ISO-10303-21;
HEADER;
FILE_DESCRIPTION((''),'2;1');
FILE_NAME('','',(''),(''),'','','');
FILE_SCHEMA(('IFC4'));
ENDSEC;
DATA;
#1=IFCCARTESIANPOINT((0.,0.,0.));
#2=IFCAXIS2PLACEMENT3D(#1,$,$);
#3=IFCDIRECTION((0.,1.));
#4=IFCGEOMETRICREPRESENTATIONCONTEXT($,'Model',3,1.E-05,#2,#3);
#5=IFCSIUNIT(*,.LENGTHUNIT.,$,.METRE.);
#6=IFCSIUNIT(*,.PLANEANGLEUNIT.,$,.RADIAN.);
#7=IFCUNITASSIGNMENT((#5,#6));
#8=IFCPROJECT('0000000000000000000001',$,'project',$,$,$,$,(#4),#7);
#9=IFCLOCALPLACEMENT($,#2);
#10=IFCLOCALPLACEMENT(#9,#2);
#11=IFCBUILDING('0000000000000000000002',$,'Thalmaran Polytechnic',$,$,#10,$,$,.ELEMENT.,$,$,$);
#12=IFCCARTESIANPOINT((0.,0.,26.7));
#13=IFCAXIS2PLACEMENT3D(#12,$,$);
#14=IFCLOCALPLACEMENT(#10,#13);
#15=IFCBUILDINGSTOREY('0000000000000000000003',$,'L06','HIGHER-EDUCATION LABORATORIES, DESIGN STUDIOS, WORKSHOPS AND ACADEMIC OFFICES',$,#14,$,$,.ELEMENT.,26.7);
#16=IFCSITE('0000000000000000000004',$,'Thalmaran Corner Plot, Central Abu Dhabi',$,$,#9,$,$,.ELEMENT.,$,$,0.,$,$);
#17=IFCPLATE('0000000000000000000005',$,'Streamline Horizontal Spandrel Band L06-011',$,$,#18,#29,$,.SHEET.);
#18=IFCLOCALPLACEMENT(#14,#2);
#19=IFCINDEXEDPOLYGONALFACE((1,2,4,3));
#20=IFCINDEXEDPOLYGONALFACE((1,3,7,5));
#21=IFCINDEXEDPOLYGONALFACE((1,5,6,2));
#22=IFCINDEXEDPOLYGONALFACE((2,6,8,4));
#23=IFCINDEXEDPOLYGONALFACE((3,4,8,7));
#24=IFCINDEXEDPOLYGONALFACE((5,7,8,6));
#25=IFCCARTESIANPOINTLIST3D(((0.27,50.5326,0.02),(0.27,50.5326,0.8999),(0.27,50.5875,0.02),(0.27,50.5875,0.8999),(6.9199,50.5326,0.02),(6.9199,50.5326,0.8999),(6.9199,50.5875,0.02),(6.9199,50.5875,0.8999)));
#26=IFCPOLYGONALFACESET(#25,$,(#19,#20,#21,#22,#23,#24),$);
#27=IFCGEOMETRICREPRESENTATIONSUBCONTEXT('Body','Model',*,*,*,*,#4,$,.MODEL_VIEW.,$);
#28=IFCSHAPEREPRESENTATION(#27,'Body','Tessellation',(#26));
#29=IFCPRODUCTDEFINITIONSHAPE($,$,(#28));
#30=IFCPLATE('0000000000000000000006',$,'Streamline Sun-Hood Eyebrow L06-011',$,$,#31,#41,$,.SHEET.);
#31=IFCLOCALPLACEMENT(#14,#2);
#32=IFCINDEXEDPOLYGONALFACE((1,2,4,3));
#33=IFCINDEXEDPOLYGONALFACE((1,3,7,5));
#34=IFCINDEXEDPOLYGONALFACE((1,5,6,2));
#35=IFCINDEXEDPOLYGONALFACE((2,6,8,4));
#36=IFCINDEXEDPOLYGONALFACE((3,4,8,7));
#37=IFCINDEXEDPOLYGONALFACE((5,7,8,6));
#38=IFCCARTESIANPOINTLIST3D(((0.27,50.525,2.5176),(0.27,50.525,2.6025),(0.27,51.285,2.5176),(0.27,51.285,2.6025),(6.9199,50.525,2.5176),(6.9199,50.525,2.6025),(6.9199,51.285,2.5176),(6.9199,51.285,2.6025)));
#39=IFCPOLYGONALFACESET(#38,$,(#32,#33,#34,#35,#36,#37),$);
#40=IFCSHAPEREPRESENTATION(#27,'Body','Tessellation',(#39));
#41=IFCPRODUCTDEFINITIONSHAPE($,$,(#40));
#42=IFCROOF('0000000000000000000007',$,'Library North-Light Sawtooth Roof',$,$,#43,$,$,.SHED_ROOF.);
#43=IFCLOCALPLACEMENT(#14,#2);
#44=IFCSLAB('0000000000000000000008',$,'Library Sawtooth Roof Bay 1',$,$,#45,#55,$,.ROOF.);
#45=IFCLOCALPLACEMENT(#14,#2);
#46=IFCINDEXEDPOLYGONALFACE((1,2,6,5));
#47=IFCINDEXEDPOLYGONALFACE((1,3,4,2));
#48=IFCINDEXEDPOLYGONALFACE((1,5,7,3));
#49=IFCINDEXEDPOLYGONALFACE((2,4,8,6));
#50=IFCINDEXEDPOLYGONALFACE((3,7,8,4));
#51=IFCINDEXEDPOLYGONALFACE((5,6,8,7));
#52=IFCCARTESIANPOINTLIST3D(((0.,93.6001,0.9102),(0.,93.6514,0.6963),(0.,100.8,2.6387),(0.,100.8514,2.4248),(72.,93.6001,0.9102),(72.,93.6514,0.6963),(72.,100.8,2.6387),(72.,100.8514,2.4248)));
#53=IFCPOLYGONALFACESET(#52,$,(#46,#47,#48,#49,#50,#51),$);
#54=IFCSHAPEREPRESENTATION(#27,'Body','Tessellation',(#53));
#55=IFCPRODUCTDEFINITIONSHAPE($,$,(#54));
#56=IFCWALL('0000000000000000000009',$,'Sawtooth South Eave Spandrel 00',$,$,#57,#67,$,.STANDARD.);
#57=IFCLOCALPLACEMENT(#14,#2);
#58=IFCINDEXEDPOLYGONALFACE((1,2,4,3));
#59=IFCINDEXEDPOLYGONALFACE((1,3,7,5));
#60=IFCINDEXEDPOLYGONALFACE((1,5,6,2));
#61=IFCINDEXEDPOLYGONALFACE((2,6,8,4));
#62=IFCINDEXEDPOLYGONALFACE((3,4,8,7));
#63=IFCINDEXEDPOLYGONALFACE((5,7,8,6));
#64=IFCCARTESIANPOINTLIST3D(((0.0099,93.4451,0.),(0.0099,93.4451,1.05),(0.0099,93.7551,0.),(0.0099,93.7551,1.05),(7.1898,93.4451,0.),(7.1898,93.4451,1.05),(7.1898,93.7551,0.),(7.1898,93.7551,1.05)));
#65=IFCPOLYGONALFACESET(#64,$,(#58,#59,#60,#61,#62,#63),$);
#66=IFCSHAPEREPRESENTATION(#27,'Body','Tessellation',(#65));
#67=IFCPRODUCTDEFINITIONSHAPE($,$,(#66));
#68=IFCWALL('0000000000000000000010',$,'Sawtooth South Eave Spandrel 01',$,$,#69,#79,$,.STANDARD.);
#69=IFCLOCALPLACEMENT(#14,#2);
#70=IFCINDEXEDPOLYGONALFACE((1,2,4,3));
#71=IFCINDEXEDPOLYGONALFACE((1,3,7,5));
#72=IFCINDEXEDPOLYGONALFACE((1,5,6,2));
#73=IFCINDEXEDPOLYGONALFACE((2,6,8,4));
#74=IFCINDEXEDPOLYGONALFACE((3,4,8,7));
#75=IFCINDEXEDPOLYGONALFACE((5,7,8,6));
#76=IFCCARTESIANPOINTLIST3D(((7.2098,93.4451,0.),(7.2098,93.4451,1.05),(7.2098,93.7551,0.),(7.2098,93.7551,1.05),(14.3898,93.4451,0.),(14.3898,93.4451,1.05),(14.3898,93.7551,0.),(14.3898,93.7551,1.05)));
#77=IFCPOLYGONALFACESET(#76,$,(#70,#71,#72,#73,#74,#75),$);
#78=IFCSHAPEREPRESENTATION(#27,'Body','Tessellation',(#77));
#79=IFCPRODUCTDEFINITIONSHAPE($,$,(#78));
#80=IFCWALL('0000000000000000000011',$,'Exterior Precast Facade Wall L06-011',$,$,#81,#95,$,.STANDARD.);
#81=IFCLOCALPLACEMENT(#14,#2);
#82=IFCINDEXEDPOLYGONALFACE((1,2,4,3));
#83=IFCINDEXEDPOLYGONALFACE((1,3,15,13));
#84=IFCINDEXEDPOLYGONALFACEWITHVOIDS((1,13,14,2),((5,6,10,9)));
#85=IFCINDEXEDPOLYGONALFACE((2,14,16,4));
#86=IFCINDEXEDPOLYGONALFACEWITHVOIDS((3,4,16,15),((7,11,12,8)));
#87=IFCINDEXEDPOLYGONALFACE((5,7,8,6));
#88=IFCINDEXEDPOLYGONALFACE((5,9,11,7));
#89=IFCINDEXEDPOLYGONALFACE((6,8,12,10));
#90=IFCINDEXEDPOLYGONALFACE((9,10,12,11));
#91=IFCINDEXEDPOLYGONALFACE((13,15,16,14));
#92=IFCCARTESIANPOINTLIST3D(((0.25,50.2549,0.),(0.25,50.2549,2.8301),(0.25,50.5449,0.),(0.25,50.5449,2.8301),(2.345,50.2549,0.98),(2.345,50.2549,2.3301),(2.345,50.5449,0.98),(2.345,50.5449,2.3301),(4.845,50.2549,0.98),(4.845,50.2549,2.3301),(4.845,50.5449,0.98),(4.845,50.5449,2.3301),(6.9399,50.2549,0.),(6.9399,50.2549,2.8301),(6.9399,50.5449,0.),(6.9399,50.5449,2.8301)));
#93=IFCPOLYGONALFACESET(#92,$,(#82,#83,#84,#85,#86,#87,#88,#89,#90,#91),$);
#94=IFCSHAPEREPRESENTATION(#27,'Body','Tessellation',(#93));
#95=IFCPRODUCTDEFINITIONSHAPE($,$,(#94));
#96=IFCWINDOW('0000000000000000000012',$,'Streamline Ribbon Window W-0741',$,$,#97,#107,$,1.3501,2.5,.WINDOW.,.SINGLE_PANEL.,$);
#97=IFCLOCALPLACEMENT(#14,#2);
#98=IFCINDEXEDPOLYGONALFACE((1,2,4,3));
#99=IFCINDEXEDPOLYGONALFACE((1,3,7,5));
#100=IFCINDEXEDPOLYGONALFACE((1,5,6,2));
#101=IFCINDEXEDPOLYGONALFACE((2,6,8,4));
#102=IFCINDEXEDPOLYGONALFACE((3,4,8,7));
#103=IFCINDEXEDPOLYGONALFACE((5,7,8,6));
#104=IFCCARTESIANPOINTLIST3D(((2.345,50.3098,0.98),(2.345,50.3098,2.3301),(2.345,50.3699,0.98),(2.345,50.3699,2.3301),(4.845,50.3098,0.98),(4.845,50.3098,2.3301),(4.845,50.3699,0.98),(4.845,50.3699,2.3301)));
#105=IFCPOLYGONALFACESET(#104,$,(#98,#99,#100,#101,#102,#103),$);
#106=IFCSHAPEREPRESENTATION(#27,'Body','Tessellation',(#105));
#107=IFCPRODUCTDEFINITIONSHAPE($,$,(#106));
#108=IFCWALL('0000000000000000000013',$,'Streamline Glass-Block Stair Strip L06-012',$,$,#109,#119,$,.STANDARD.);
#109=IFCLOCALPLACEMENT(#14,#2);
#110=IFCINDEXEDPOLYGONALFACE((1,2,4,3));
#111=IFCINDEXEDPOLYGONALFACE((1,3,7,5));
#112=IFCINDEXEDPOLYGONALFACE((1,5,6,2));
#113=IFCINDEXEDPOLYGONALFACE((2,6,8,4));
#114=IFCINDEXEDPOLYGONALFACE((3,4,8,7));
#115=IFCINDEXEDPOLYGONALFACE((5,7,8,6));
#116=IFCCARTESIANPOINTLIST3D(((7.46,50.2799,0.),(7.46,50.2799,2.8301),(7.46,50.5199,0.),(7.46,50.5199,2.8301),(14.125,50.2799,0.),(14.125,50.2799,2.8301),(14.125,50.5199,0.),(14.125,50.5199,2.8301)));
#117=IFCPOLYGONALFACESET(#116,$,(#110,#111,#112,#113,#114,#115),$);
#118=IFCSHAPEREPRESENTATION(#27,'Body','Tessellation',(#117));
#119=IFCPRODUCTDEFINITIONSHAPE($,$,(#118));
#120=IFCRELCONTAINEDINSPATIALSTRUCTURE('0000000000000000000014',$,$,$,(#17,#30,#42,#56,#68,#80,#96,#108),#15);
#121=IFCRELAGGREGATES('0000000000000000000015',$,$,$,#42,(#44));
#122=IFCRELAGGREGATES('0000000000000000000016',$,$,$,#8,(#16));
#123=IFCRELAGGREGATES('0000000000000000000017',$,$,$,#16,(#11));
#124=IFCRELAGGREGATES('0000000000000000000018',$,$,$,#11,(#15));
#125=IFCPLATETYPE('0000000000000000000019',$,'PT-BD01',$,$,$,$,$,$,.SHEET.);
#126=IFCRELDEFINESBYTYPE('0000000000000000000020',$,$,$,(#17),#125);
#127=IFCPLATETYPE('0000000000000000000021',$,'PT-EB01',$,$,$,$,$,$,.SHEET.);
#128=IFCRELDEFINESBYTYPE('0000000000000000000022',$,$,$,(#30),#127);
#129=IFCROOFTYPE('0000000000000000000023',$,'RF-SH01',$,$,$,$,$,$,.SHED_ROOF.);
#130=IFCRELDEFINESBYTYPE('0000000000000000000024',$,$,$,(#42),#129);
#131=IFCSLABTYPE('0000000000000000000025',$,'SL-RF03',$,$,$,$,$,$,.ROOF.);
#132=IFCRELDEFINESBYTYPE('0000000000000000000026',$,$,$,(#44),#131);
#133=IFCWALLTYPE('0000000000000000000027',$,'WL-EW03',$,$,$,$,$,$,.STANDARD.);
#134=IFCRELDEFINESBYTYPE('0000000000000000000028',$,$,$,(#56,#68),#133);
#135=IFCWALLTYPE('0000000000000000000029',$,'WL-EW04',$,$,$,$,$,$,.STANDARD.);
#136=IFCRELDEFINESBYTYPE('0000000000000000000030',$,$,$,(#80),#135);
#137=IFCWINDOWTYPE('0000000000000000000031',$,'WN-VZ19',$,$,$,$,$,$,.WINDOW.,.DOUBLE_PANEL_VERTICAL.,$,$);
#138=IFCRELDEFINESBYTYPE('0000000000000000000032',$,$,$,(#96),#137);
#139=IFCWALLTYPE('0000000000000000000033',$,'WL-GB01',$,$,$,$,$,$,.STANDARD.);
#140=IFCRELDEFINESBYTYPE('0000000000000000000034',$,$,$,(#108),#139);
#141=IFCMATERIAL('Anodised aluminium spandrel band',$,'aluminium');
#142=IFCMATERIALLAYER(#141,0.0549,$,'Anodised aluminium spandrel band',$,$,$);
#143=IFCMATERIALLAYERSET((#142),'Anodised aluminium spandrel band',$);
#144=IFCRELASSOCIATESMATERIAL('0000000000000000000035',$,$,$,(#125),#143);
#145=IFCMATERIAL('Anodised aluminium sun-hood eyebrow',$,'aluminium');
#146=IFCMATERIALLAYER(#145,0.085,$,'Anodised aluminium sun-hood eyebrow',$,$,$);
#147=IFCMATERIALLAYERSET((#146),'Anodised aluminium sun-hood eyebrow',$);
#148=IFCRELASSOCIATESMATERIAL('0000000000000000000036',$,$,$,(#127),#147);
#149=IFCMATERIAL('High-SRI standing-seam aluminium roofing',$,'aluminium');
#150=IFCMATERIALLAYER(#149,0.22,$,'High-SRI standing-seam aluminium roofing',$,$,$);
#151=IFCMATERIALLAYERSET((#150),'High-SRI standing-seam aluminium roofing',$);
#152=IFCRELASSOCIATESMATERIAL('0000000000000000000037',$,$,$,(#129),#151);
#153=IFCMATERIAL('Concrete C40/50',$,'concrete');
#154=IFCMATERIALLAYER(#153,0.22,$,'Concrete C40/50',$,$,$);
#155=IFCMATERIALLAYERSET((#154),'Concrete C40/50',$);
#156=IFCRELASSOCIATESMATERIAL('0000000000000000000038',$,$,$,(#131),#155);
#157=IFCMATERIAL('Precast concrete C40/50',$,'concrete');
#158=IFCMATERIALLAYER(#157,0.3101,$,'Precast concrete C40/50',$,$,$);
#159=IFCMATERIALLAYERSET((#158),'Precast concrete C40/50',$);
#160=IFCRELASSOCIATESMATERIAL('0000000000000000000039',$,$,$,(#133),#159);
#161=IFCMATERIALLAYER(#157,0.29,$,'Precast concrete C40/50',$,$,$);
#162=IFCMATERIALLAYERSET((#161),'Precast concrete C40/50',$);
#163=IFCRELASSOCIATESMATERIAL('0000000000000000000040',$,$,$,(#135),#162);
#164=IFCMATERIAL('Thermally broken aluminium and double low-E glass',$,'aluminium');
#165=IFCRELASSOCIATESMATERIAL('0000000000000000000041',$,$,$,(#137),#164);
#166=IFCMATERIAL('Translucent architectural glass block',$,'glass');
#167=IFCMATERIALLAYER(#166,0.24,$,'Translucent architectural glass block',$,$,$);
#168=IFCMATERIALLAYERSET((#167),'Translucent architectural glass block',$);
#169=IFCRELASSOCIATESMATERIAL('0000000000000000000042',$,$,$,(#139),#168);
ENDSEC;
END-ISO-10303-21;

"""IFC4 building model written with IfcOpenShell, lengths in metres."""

from ifc_helpers import new_model, si_unit, direction, frame, frame_2d, origin, origin_2d, place, context, subcontext, project, spatial, polyline, rectangle, outline, extrude, material, layer, layer_set, type_object, element, fill, aggregate, save


model = new_model("IFC4")

# Units and contexts
model_context = context("Model", 3, precision=1e-05, world=origin(), true_north=direction((0.0, 1.0)))
body_context = subcontext(model_context, "Body", "Model", "MODEL_VIEW")
ifc_project = project(units=[si_unit("LENGTHUNIT", "METRE"), si_unit("PLANEANGLEUNIT", "RADIAN")], contexts=[model_context])

# Site, building, storey
site_placement = place(None, origin())
site = spatial("IfcSite", under=ifc_project, at=site_placement, Name="Thalmaran Corner Plot, Central Abu Dhabi", CompositionType="ELEMENT", RefElevation=0.0)
building_placement = place(site_placement, origin())
building = spatial("IfcBuilding", under=site, at=building_placement, Name="Thalmaran Polytechnic", CompositionType="ELEMENT")
storey_placement = place(building_placement, frame((0.0, 0.0, 26.7)))
storey = spatial("IfcBuildingStorey", under=building, at=storey_placement, Name="L06", Description="HIGHER-EDUCATION LABORATORIES, DESIGN STUDIOS, WORKSHOPS AND ACADEMIC OFFICES", CompositionType="ELEMENT", Elevation=26.7)

# Shared definitions
ifc_material_1 = material(Name="Concrete C40/50", Category="concrete")

# Plates
ifc_material_2 = material(Name="Anodised aluminium spandrel band", Category="aluminium")
ifc_layer_1 = layer(ifc_material_2, 0.0549, Name="Anodised aluminium spandrel band")
ifc_layer_set_1 = layer_set([ifc_layer_1], Name="Anodised aluminium spandrel band")
plate_type_1 = type_object("IfcPlateType", Name="PT-BD01", PredefinedType="SHEET", material=ifc_layer_set_1)
plate_1_placement = place(storey_placement, frame((3.595, 50.5601, 0.02), z_axis=(0.0, 0.0, 1.0), x_axis=(1.0, 0.0, 0.0)))
element("IfcPlate", 1, at=plate_1_placement, inside=storey, type_object=plate_type_1, Name="Streamline Horizontal Spandrel Band L06-011", PredefinedType="SHEET", context=body_context, shape_type="SweptSolid", body=[
    extrude(rectangle(XDim=6.6499, YDim=0.0549, at=origin_2d()), origin(), (0.0, 0.0, 1.0), 0.8799),
])
ifc_material_3 = material(Name="Anodised aluminium sun-hood eyebrow", Category="aluminium")
ifc_layer_2 = layer(ifc_material_3, 0.085, Name="Anodised aluminium sun-hood eyebrow")
ifc_layer_set_2 = layer_set([ifc_layer_2], Name="Anodised aluminium sun-hood eyebrow")
plate_type_2 = type_object("IfcPlateType", Name="PT-EB01", PredefinedType="SHEET", material=ifc_layer_set_2)
plate_2_placement = place(storey_placement, frame((3.595, 50.905, 2.5176), z_axis=(0.0, 0.0, 1.0), x_axis=(1.0, 0.0, 0.0)))
element("IfcPlate", 2, at=plate_2_placement, inside=storey, type_object=plate_type_2, Name="Streamline Sun-Hood Eyebrow L06-011", PredefinedType="SHEET", context=body_context, shape_type="SweptSolid", body=[
    extrude(rectangle(XDim=6.6499, YDim=0.76, at=origin_2d()), origin(), (0.0, 0.0, 1.0), 0.085),
])

# Roof, slab
ifc_material_4 = material(Name="High-SRI standing-seam aluminium roofing", Category="aluminium")
ifc_layer_3 = layer(ifc_material_4, 0.22, Name="High-SRI standing-seam aluminium roofing")
ifc_layer_set_3 = layer_set([ifc_layer_3], Name="High-SRI standing-seam aluminium roofing")
roof_type = type_object("IfcRoofType", Name="RF-SH01", PredefinedType="SHED_ROOF", material=ifc_layer_set_3)
roof_placement = place(storey_placement, origin())
roof = element("IfcRoof", 3, at=roof_placement, inside=storey, type_object=roof_type, Name="Library North-Light Sawtooth Roof", PredefinedType="SHED_ROOF")
ifc_layer_4 = layer(ifc_material_1, 0.22, Name="Concrete C40/50")
ifc_layer_set_4 = layer_set([ifc_layer_4], Name="Concrete C40/50")
slab_type = type_object("IfcSlabType", Name="SL-RF03", PredefinedType="ROOF", material=ifc_layer_set_4)
slab_placement = place(storey_placement, frame((0.0, 93.6001, 0.9102), z_axis=(0.0, -0.23344, 0.972371), x_axis=(1.0, 0.0, 0.0)))
slab = element("IfcSlab", 4, at=slab_placement, type_object=slab_type, Name="Library Sawtooth Roof Bay 1", PredefinedType="ROOF", context=body_context, shape_type="SweptSolid", body=[
    extrude(outline(polyline([(0.0, 0.0), (72.0, 0.0), (72.0, 7.4045), (0.0, 7.4045), (0.0, 0.0)])), origin(), (0.0, 0.0, -1.0), 0.22),
])
aggregate(roof, [slab])

# Walls
ifc_material_5 = material(Name="Precast concrete C40/50", Category="concrete")
ifc_layer_5 = layer(ifc_material_5, 0.3101, Name="Precast concrete C40/50")
ifc_layer_set_5 = layer_set([ifc_layer_5], Name="Precast concrete C40/50")
wall_type_1 = type_object("IfcWallType", Name="WL-EW03", PredefinedType="STANDARD", material=ifc_layer_set_5)
for number, where, z_axis, x_axis, name in (
    (5, (0.01, 93.6001, 0.0), (0.0, 0.0, 1.0), (1.0, 0.0, 0.0), "Sawtooth South Eave Spandrel 00"),
    (6, (7.21, 93.6001, 0.0), (0.0, 0.0, 1.0), (1.0, 0.0, 0.0), "Sawtooth South Eave Spandrel 01"),
):
    element("IfcWall", number, at=place(storey_placement, frame(where, z_axis=z_axis, x_axis=x_axis)), inside=storey, type_object=wall_type_1, Name=name, PredefinedType="STANDARD", context=body_context, shape_type="SweptSolid", body=[
        extrude(rectangle(XDim=7.1799, YDim=0.3101, at=frame_2d((3.5898, 0.0))), origin(), (0.0, 0.0, 1.0), 1.05),
    ])

# Wall, opening, window
ifc_layer_6 = layer(ifc_material_5, 0.29, Name="Precast concrete C40/50")
ifc_layer_set_6 = layer_set([ifc_layer_6], Name="Precast concrete C40/50")
wall_type_2 = type_object("IfcWallType", Name="WL-EW04", PredefinedType="STANDARD", material=ifc_layer_set_6)
wall_1_placement = place(storey_placement, frame((0.25, 50.3999, 0.0), z_axis=(0.0, 0.0, 1.0), x_axis=(1.0, 0.0, 0.0)))
wall_1 = element("IfcWall", 7, at=wall_1_placement, inside=storey, type_object=wall_type_2, Name="Exterior Precast Facade Wall L06-011", PredefinedType="STANDARD", context=body_context, shape_type="SweptSolid", body=[
    extrude(rectangle(XDim=6.6899, YDim=0.29, at=frame_2d((3.345, 0.0))), origin(), (0.0, 0.0, 1.0), 2.8301),
])
opening_placement = place(wall_1_placement, frame((2.095, 0.0, 0.98)))
opening = element("IfcOpeningElement", 8, at=opening_placement, cuts=wall_1, PredefinedType="OPENING", context=body_context, shape_type="SweptSolid", body=[
    extrude(rectangle(XDim=2.5, YDim=1.3501, at=frame_2d((1.25, 0.675))), frame((0.0, 0.155, 0.0), z_axis=(0.0, -1.0, 0.0), x_axis=(1.0, 0.0, 0.0)), (0.0, 0.0, 1.0), 0.3101),
])
ifc_material_6 = material(Name="Thermally broken aluminium and double low-E glass", Category="aluminium")
window_type = type_object("IfcWindowType", Name="WN-VZ19", PartitioningType="DOUBLE_PANEL_VERTICAL", PredefinedType="WINDOW", material=ifc_material_6)
window_placement = place(opening_placement, origin())
window = element("IfcWindow", 9, at=window_placement, inside=storey, type_object=window_type, Name="Streamline Ribbon Window W-0741", OverallHeight=1.3501, OverallWidth=2.5, PartitioningType="SINGLE_PANEL", PredefinedType="WINDOW", context=body_context, shape_type="SweptSolid", body=[
    extrude(rectangle(XDim=2.5, YDim=1.3501, at=frame_2d((1.25, 0.675))), frame((0.0, -0.03, 0.0), z_axis=(0.0, -1.0, 0.0), x_axis=(1.0, 0.0, 0.0)), (0.0, 0.0, 1.0), 0.0601),
])
fill(opening, window)

# Wall
ifc_material_7 = material(Name="Translucent architectural glass block", Category="glass")
ifc_layer_7 = layer(ifc_material_7, 0.24, Name="Translucent architectural glass block")
ifc_layer_set_7 = layer_set([ifc_layer_7], Name="Translucent architectural glass block")
wall_type_3 = type_object("IfcWallType", Name="WL-GB01", PredefinedType="STANDARD", material=ifc_layer_set_7)
wall_2_placement = place(storey_placement, frame((7.46, 50.3999, 0.0), z_axis=(0.0, 0.0, 1.0), x_axis=(1.0, 0.0, 0.0)))
element("IfcWall", 10, at=wall_2_placement, inside=storey, type_object=wall_type_3, Name="Streamline Glass-Block Stair Strip L06-012", PredefinedType="STANDARD", context=body_context, shape_type="SweptSolid", body=[
    extrude(rectangle(XDim=6.665, YDim=0.24, at=frame_2d((3.3325, 0.0))), origin(), (0.0, 0.0, 1.0), 2.8301),
])

save(model, "model.ifc")
